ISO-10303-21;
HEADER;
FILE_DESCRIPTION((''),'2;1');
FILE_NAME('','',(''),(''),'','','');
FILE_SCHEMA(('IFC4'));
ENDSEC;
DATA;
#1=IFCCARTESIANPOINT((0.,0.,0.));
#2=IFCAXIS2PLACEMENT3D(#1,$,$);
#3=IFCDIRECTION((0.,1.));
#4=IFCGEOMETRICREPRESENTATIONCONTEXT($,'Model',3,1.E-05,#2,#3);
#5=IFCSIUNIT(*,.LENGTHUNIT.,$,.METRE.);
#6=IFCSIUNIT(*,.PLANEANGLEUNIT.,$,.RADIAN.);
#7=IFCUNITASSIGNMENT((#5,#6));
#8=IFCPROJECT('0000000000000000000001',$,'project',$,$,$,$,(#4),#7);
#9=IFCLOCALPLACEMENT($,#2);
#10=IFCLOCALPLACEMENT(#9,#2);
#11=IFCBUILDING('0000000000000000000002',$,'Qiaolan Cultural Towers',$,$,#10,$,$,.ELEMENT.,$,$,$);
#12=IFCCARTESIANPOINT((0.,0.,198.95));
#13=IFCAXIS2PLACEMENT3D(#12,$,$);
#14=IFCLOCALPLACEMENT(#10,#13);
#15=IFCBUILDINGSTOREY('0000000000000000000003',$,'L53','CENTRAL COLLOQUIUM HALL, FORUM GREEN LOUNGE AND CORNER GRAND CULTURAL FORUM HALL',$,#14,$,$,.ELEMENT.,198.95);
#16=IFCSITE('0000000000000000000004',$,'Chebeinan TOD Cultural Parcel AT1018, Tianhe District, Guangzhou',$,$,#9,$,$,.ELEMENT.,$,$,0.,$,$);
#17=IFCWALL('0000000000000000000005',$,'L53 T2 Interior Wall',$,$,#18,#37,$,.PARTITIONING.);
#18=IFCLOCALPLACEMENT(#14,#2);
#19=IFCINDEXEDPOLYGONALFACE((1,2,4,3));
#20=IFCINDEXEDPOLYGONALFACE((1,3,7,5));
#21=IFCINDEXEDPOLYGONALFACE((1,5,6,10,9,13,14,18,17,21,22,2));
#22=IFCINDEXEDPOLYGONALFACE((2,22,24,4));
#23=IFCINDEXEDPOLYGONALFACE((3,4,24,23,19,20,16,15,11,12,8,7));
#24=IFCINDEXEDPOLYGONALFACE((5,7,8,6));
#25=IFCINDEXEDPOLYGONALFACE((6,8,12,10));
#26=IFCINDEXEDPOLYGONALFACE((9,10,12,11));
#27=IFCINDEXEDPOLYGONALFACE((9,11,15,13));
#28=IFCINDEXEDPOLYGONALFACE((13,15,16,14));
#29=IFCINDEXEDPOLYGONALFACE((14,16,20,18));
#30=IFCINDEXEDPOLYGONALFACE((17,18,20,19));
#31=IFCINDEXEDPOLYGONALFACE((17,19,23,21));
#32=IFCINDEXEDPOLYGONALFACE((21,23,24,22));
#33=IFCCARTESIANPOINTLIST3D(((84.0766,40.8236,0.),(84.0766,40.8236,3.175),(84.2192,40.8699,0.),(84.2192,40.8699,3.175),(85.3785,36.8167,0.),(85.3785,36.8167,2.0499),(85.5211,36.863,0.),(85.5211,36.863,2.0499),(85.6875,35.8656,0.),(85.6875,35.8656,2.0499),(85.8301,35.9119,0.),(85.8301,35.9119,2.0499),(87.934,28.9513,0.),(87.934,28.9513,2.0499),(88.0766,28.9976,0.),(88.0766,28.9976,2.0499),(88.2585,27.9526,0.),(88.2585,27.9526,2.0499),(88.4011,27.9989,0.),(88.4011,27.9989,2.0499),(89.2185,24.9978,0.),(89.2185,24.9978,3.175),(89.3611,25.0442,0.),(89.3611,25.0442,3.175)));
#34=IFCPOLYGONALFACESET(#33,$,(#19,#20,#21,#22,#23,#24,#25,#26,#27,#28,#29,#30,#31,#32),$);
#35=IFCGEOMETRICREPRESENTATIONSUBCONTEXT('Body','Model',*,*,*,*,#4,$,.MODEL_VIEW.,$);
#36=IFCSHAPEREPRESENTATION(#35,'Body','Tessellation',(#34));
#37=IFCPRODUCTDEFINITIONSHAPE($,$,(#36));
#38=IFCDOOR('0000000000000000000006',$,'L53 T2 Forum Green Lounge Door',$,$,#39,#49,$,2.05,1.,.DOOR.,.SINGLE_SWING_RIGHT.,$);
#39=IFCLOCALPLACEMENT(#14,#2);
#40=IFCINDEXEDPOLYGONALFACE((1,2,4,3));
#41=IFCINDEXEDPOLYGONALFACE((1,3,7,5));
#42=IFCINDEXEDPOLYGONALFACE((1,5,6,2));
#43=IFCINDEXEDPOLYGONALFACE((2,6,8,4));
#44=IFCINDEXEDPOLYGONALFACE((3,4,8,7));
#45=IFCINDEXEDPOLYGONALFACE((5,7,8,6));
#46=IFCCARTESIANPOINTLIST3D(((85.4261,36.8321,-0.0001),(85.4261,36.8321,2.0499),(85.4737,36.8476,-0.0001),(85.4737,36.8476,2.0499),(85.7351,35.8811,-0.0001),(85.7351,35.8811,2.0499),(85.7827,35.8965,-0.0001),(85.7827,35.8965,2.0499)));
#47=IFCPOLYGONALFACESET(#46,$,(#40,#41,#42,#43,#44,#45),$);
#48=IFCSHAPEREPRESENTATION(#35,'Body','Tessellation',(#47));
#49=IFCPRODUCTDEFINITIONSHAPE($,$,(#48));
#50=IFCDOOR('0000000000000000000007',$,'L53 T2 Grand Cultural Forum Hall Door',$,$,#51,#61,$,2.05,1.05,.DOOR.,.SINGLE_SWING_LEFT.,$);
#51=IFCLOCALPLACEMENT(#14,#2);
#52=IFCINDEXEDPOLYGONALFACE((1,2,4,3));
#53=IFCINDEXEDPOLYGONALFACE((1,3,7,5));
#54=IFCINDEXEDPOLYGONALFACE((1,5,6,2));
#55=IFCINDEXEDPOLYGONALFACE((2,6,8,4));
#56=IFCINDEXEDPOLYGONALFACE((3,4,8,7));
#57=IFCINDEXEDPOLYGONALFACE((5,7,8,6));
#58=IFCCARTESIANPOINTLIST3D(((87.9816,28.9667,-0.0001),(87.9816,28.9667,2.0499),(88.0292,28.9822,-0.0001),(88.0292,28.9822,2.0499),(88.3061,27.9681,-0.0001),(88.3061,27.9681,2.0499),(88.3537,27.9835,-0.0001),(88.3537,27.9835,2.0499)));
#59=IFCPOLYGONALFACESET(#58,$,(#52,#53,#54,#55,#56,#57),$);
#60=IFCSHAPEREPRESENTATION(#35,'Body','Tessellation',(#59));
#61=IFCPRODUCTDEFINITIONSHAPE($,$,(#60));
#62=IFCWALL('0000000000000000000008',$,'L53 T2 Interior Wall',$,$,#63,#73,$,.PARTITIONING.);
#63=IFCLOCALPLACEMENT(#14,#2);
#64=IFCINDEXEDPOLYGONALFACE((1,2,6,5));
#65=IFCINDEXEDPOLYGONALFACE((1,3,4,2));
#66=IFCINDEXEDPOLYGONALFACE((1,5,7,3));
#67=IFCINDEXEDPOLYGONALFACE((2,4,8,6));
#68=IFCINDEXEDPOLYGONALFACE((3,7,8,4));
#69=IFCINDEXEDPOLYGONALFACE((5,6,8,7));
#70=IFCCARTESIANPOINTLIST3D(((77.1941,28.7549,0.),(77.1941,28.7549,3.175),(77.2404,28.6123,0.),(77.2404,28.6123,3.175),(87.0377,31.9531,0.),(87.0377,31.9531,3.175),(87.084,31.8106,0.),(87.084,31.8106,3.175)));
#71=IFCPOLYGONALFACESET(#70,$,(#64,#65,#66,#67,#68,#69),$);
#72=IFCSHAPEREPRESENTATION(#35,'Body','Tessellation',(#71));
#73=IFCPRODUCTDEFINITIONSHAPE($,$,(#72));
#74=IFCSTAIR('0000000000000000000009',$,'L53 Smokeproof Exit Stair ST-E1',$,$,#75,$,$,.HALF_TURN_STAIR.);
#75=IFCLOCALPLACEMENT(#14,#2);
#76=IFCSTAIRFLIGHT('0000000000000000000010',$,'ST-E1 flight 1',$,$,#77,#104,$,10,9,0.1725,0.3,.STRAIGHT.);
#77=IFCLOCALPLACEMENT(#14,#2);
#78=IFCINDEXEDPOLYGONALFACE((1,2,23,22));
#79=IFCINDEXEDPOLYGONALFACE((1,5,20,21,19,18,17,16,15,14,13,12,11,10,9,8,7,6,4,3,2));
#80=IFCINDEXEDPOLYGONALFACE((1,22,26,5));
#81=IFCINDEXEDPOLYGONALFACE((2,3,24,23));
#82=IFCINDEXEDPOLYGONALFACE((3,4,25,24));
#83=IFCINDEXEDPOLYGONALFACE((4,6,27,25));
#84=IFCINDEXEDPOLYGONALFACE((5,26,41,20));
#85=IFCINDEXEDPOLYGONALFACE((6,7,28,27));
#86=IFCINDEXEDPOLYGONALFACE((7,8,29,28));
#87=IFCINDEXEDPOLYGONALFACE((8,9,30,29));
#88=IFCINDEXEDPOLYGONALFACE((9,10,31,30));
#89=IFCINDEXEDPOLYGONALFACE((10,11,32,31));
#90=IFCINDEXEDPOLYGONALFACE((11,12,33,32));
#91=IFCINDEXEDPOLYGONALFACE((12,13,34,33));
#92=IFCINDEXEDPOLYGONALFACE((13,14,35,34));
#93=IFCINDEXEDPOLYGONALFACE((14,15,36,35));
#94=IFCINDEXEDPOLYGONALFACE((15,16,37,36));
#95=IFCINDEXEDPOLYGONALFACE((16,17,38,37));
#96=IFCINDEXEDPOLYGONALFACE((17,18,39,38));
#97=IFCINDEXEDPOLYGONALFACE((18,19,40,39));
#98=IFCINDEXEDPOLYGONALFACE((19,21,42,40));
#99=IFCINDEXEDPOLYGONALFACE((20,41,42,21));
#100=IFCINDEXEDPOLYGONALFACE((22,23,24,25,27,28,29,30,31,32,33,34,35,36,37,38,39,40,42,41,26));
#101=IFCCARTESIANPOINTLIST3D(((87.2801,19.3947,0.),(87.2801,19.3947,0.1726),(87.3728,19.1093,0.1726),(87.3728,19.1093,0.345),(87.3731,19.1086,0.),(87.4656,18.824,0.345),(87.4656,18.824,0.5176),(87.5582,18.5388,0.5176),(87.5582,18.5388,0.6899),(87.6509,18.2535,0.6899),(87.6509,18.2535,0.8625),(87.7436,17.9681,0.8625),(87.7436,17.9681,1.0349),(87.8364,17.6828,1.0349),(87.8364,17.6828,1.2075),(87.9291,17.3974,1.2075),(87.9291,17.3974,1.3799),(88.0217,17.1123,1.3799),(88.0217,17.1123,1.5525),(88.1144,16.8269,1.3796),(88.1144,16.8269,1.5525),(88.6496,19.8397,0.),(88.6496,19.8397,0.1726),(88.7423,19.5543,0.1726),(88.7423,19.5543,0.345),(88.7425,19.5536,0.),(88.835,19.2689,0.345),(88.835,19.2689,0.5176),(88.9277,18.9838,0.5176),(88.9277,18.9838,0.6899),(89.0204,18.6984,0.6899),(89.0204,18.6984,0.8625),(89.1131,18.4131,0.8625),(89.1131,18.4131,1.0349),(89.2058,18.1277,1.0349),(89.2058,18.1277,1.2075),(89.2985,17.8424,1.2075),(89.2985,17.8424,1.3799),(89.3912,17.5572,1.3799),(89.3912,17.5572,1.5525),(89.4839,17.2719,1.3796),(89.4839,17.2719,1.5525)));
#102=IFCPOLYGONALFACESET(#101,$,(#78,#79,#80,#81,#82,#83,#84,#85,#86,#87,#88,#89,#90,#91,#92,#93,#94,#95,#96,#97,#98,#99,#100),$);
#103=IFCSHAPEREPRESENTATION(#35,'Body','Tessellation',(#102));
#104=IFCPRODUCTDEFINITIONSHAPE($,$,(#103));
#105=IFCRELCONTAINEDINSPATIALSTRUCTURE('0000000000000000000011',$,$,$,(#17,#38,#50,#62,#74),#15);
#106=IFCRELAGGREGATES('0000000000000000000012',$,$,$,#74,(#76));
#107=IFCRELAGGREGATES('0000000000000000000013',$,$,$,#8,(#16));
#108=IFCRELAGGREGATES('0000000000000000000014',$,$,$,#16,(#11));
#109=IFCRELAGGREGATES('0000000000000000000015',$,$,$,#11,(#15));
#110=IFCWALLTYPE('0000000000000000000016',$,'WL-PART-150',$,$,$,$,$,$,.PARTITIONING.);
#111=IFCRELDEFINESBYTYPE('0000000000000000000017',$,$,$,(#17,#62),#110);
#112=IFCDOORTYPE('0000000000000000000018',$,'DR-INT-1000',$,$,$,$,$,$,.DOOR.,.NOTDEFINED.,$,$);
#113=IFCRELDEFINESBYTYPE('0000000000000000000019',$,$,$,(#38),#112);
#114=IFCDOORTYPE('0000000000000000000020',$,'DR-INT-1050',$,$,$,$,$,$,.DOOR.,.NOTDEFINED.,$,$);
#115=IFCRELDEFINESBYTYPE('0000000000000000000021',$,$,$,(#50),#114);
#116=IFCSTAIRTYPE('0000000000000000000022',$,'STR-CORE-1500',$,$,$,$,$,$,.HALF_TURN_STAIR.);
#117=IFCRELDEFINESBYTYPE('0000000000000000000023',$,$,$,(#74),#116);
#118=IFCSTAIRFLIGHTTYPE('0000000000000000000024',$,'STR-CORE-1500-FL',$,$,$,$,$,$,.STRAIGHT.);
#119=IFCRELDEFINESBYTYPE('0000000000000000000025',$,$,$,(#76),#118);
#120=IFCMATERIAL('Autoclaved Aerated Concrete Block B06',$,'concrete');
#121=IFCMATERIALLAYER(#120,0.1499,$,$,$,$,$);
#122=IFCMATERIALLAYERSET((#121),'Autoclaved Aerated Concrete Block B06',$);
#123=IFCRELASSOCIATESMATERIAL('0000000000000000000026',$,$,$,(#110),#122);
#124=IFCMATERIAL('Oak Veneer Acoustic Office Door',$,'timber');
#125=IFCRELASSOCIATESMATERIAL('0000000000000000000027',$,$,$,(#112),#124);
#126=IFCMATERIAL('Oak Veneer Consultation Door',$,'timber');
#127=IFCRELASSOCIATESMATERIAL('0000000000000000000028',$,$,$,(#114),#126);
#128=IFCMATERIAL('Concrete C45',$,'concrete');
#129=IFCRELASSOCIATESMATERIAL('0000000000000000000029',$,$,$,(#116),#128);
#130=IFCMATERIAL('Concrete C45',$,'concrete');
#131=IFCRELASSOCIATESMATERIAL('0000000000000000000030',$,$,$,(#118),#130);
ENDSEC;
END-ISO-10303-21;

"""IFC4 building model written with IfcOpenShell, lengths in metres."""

from ifc_helpers import new_model, si_unit, direction, frame, frame_2d, origin, place, context, subcontext, project, spatial, polyline, rectangle, outline, extrude, material, layer, layer_set, type_object, element, fill, aggregate, save


model = new_model("IFC4")

# Units and contexts
model_context = context("Model", 3, precision=1e-05, world=origin(), true_north=direction((0.0, 1.0)))
body_context = subcontext(model_context, "Body", "Model", "MODEL_VIEW")
ifc_project = project(units=[si_unit("LENGTHUNIT", "METRE"), si_unit("PLANEANGLEUNIT", "RADIAN")], contexts=[model_context])

# Site, building, storey
site_placement = place(None, origin())
site = spatial("IfcSite", under=ifc_project, at=site_placement, Name="Chebeinan TOD Cultural Parcel AT1018, Tianhe District, Guangzhou", CompositionType="ELEMENT", RefElevation=0.0)
building_placement = place(site_placement, origin())
building = spatial("IfcBuilding", under=site, at=building_placement, Name="Qiaolan Cultural Towers", CompositionType="ELEMENT")
storey_placement = place(building_placement, frame((0.0, 0.0, 198.95)))
storey = spatial("IfcBuildingStorey", under=building, at=storey_placement, Name="L53", Description="CENTRAL COLLOQUIUM HALL, FORUM GREEN LOUNGE AND CORNER GRAND CULTURAL FORUM HALL", CompositionType="ELEMENT", Elevation=198.95)

# Shared definitions
ifc_material_1 = material(Name="Autoclaved Aerated Concrete Block B06", Category="concrete")
ifc_layer_1 = layer(ifc_material_1, 0.1499)
ifc_layer_set_1 = layer_set([ifc_layer_1], Name="Autoclaved Aerated Concrete Block B06")
wall_type_1 = type_object("IfcWallType", Name="WL-PART-150", PredefinedType="PARTITIONING", material=ifc_layer_set_1)
ifc_material_2 = material(Name="Oak Veneer Acoustic Office Door", Category="timber")
door_type_1 = type_object("IfcDoorType", Name="DR-INT-1000", OperationType="NOTDEFINED", PredefinedType="DOOR", material=ifc_material_2)

# Wall, openings, doors
wall_1_placement = place(storey_placement, frame((89.2898, 25.021, 0.0), z_axis=(0.0, 0.0, 1.0), x_axis=(-0.309004, 0.951061, 0.0)))
wall_1 = element("IfcWall", 1, at=wall_1_placement, inside=storey, type_object=wall_type_1, Name="L53 T2 Interior Wall", PredefinedType="PARTITIONING", context=body_context, shape_type="SweptSolid", body=[
    extrude(rectangle(XDim=16.6401, YDim=0.1499, at=frame_2d((8.3201, 0.0))), origin(), (0.0, 0.0, 1.0), 3.175),
])
opening_1_placement = place(wall_1_placement, frame((3.1069, 0.0, 0.0)))
opening_1 = element("IfcOpeningElement", 2, at=opening_1_placement, cuts=wall_1, PredefinedType="OPENING", context=body_context, shape_type="SweptSolid", body=[
    extrude(rectangle(XDim=1.05, YDim=2.05, at=frame_2d((0.5249, 1.0249))), frame((0.0, 0.085, 0.0), z_axis=(0.0, -1.0, 0.0), x_axis=(1.0, 0.0, 0.0)), (0.0, 0.0, 1.0), 0.1699),
])
opening_2_placement = place(wall_1_placement, frame((11.427, 0.0, 0.0)))
opening_2 = element("IfcOpeningElement", 3, at=opening_2_placement, cuts=wall_1, PredefinedType="OPENING", context=body_context, shape_type="SweptSolid", body=[
    extrude(rectangle(XDim=1.0, YDim=2.05, at=frame_2d((0.5, 1.0249))), frame((0.0, 0.085, 0.0), z_axis=(0.0, -1.0, 0.0), x_axis=(1.0, 0.0, 0.0)), (0.0, 0.0, 1.0), 0.1699),
])
door_1_placement = place(opening_2_placement, origin())
door_1 = element("IfcDoor", 4, at=door_1_placement, inside=storey, type_object=door_type_1, Name="L53 T2 Forum Green Lounge Door", OperationType="SINGLE_SWING_RIGHT", OverallHeight=2.05, OverallWidth=1.0, PredefinedType="DOOR", context=body_context, shape_type="SweptSolid", body=[
    extrude(rectangle(XDim=1.0, YDim=2.05, at=frame_2d((0.5, 1.0249))), frame((0.0, 0.0249, 0.0), z_axis=(0.0, -1.0, 0.0), x_axis=(1.0, 0.0, 0.0)), (0.0, 0.0, 1.0), 0.05),
])
fill(opening_2, door_1)
ifc_material_3 = material(Name="Oak Veneer Consultation Door", Category="timber")
door_type_2 = type_object("IfcDoorType", Name="DR-INT-1050", OperationType="NOTDEFINED", PredefinedType="DOOR", material=ifc_material_3)
door_2_placement = place(opening_1_placement, origin())
door_2 = element("IfcDoor", 5, at=door_2_placement, inside=storey, type_object=door_type_2, Name="L53 T2 Grand Cultural Forum Hall Door", OperationType="SINGLE_SWING_LEFT", OverallHeight=2.05, OverallWidth=1.05, PredefinedType="DOOR", context=body_context, shape_type="SweptSolid", body=[
    extrude(rectangle(XDim=1.05, YDim=2.05, at=frame_2d((0.5249, 1.0249))), frame((0.0, 0.0249, 0.0), z_axis=(0.0, -1.0, 0.0), x_axis=(1.0, 0.0, 0.0)), (0.0, 0.0, 1.0), 0.05),
])
fill(opening_1, door_2)

# Wall
wall_2_placement = place(storey_placement, frame((77.2173, 28.6836, 0.0), z_axis=(0.0, 0.0, 1.0), x_axis=(0.95106, 0.309008, 0.0)))
element("IfcWall", 6, at=wall_2_placement, inside=storey, type_object=wall_type_1, Name="L53 T2 Interior Wall", PredefinedType="PARTITIONING", context=body_context, shape_type="SweptSolid", body=[
    extrude(rectangle(XDim=10.3501, YDim=0.1499, at=frame_2d((5.175, 0.0))), origin(), (0.0, 0.0, 1.0), 3.175),
])

# Stair, stair flight
ifc_material_4 = material(Name="Concrete C45", Category="concrete")
stair_type = type_object("IfcStairType", Name="STR-CORE-1500", PredefinedType="HALF_TURN_STAIR", material=ifc_material_4)
stair_placement = place(storey_placement, origin())
stair = element("IfcStair", 7, at=stair_placement, inside=storey, type_object=stair_type, Name="L53 Smokeproof Exit Stair ST-E1", PredefinedType="HALF_TURN_STAIR")
ifc_material_5 = material(Name="Concrete C45", Category="concrete")
stair_flight_type = type_object("IfcStairFlightType", Name="STR-CORE-1500-FL", PredefinedType="STRAIGHT", material=ifc_material_5)
stair_flight_placement = place(storey_placement, frame((87.9648, 19.6172, 0.0), z_axis=(0.0, 0.0, 1.0), x_axis=(0.309017, -0.951057, 0.0)))
stair_flight = element("IfcStairFlight", 8, at=stair_flight_placement, type_object=stair_flight_type, Name="ST-E1 flight 1", NumberOfRisers=10, NumberOfTreads=9, PredefinedType="STRAIGHT", RiserHeight=0.1725, TreadLength=0.3, context=body_context, shape_type="SweptSolid", body=[
    extrude(outline(polyline([(0.0, 0.0), (0.0, 0.1726), (0.3, 0.1726), (0.3, 0.345), (0.6001, 0.345), (0.6001, 0.5176), (0.8999, 0.5176), (0.8999, 0.6899), (1.2, 0.6899), (1.2, 0.8625), (1.5, 0.8625), (1.5, 1.0349), (1.8, 1.0349), (1.8, 1.2075), (2.1001, 1.2075), (2.1001, 1.3799), (2.3999, 1.3799), (2.3999, 1.5525), (2.7, 1.5525), (2.7, 1.7251), (2.7, 1.3796), (0.3008, 0.0), (0.0, 0.0)])), frame((0.0, 0.72, 0.0), z_axis=(0.0, -1.0, 0.0), x_axis=(1.0, 0.0, 0.0)), (0.0, 0.0, 1.0), 1.4399),
])
aggregate(stair, [stair_flight])

save(model, "model.ifc")
